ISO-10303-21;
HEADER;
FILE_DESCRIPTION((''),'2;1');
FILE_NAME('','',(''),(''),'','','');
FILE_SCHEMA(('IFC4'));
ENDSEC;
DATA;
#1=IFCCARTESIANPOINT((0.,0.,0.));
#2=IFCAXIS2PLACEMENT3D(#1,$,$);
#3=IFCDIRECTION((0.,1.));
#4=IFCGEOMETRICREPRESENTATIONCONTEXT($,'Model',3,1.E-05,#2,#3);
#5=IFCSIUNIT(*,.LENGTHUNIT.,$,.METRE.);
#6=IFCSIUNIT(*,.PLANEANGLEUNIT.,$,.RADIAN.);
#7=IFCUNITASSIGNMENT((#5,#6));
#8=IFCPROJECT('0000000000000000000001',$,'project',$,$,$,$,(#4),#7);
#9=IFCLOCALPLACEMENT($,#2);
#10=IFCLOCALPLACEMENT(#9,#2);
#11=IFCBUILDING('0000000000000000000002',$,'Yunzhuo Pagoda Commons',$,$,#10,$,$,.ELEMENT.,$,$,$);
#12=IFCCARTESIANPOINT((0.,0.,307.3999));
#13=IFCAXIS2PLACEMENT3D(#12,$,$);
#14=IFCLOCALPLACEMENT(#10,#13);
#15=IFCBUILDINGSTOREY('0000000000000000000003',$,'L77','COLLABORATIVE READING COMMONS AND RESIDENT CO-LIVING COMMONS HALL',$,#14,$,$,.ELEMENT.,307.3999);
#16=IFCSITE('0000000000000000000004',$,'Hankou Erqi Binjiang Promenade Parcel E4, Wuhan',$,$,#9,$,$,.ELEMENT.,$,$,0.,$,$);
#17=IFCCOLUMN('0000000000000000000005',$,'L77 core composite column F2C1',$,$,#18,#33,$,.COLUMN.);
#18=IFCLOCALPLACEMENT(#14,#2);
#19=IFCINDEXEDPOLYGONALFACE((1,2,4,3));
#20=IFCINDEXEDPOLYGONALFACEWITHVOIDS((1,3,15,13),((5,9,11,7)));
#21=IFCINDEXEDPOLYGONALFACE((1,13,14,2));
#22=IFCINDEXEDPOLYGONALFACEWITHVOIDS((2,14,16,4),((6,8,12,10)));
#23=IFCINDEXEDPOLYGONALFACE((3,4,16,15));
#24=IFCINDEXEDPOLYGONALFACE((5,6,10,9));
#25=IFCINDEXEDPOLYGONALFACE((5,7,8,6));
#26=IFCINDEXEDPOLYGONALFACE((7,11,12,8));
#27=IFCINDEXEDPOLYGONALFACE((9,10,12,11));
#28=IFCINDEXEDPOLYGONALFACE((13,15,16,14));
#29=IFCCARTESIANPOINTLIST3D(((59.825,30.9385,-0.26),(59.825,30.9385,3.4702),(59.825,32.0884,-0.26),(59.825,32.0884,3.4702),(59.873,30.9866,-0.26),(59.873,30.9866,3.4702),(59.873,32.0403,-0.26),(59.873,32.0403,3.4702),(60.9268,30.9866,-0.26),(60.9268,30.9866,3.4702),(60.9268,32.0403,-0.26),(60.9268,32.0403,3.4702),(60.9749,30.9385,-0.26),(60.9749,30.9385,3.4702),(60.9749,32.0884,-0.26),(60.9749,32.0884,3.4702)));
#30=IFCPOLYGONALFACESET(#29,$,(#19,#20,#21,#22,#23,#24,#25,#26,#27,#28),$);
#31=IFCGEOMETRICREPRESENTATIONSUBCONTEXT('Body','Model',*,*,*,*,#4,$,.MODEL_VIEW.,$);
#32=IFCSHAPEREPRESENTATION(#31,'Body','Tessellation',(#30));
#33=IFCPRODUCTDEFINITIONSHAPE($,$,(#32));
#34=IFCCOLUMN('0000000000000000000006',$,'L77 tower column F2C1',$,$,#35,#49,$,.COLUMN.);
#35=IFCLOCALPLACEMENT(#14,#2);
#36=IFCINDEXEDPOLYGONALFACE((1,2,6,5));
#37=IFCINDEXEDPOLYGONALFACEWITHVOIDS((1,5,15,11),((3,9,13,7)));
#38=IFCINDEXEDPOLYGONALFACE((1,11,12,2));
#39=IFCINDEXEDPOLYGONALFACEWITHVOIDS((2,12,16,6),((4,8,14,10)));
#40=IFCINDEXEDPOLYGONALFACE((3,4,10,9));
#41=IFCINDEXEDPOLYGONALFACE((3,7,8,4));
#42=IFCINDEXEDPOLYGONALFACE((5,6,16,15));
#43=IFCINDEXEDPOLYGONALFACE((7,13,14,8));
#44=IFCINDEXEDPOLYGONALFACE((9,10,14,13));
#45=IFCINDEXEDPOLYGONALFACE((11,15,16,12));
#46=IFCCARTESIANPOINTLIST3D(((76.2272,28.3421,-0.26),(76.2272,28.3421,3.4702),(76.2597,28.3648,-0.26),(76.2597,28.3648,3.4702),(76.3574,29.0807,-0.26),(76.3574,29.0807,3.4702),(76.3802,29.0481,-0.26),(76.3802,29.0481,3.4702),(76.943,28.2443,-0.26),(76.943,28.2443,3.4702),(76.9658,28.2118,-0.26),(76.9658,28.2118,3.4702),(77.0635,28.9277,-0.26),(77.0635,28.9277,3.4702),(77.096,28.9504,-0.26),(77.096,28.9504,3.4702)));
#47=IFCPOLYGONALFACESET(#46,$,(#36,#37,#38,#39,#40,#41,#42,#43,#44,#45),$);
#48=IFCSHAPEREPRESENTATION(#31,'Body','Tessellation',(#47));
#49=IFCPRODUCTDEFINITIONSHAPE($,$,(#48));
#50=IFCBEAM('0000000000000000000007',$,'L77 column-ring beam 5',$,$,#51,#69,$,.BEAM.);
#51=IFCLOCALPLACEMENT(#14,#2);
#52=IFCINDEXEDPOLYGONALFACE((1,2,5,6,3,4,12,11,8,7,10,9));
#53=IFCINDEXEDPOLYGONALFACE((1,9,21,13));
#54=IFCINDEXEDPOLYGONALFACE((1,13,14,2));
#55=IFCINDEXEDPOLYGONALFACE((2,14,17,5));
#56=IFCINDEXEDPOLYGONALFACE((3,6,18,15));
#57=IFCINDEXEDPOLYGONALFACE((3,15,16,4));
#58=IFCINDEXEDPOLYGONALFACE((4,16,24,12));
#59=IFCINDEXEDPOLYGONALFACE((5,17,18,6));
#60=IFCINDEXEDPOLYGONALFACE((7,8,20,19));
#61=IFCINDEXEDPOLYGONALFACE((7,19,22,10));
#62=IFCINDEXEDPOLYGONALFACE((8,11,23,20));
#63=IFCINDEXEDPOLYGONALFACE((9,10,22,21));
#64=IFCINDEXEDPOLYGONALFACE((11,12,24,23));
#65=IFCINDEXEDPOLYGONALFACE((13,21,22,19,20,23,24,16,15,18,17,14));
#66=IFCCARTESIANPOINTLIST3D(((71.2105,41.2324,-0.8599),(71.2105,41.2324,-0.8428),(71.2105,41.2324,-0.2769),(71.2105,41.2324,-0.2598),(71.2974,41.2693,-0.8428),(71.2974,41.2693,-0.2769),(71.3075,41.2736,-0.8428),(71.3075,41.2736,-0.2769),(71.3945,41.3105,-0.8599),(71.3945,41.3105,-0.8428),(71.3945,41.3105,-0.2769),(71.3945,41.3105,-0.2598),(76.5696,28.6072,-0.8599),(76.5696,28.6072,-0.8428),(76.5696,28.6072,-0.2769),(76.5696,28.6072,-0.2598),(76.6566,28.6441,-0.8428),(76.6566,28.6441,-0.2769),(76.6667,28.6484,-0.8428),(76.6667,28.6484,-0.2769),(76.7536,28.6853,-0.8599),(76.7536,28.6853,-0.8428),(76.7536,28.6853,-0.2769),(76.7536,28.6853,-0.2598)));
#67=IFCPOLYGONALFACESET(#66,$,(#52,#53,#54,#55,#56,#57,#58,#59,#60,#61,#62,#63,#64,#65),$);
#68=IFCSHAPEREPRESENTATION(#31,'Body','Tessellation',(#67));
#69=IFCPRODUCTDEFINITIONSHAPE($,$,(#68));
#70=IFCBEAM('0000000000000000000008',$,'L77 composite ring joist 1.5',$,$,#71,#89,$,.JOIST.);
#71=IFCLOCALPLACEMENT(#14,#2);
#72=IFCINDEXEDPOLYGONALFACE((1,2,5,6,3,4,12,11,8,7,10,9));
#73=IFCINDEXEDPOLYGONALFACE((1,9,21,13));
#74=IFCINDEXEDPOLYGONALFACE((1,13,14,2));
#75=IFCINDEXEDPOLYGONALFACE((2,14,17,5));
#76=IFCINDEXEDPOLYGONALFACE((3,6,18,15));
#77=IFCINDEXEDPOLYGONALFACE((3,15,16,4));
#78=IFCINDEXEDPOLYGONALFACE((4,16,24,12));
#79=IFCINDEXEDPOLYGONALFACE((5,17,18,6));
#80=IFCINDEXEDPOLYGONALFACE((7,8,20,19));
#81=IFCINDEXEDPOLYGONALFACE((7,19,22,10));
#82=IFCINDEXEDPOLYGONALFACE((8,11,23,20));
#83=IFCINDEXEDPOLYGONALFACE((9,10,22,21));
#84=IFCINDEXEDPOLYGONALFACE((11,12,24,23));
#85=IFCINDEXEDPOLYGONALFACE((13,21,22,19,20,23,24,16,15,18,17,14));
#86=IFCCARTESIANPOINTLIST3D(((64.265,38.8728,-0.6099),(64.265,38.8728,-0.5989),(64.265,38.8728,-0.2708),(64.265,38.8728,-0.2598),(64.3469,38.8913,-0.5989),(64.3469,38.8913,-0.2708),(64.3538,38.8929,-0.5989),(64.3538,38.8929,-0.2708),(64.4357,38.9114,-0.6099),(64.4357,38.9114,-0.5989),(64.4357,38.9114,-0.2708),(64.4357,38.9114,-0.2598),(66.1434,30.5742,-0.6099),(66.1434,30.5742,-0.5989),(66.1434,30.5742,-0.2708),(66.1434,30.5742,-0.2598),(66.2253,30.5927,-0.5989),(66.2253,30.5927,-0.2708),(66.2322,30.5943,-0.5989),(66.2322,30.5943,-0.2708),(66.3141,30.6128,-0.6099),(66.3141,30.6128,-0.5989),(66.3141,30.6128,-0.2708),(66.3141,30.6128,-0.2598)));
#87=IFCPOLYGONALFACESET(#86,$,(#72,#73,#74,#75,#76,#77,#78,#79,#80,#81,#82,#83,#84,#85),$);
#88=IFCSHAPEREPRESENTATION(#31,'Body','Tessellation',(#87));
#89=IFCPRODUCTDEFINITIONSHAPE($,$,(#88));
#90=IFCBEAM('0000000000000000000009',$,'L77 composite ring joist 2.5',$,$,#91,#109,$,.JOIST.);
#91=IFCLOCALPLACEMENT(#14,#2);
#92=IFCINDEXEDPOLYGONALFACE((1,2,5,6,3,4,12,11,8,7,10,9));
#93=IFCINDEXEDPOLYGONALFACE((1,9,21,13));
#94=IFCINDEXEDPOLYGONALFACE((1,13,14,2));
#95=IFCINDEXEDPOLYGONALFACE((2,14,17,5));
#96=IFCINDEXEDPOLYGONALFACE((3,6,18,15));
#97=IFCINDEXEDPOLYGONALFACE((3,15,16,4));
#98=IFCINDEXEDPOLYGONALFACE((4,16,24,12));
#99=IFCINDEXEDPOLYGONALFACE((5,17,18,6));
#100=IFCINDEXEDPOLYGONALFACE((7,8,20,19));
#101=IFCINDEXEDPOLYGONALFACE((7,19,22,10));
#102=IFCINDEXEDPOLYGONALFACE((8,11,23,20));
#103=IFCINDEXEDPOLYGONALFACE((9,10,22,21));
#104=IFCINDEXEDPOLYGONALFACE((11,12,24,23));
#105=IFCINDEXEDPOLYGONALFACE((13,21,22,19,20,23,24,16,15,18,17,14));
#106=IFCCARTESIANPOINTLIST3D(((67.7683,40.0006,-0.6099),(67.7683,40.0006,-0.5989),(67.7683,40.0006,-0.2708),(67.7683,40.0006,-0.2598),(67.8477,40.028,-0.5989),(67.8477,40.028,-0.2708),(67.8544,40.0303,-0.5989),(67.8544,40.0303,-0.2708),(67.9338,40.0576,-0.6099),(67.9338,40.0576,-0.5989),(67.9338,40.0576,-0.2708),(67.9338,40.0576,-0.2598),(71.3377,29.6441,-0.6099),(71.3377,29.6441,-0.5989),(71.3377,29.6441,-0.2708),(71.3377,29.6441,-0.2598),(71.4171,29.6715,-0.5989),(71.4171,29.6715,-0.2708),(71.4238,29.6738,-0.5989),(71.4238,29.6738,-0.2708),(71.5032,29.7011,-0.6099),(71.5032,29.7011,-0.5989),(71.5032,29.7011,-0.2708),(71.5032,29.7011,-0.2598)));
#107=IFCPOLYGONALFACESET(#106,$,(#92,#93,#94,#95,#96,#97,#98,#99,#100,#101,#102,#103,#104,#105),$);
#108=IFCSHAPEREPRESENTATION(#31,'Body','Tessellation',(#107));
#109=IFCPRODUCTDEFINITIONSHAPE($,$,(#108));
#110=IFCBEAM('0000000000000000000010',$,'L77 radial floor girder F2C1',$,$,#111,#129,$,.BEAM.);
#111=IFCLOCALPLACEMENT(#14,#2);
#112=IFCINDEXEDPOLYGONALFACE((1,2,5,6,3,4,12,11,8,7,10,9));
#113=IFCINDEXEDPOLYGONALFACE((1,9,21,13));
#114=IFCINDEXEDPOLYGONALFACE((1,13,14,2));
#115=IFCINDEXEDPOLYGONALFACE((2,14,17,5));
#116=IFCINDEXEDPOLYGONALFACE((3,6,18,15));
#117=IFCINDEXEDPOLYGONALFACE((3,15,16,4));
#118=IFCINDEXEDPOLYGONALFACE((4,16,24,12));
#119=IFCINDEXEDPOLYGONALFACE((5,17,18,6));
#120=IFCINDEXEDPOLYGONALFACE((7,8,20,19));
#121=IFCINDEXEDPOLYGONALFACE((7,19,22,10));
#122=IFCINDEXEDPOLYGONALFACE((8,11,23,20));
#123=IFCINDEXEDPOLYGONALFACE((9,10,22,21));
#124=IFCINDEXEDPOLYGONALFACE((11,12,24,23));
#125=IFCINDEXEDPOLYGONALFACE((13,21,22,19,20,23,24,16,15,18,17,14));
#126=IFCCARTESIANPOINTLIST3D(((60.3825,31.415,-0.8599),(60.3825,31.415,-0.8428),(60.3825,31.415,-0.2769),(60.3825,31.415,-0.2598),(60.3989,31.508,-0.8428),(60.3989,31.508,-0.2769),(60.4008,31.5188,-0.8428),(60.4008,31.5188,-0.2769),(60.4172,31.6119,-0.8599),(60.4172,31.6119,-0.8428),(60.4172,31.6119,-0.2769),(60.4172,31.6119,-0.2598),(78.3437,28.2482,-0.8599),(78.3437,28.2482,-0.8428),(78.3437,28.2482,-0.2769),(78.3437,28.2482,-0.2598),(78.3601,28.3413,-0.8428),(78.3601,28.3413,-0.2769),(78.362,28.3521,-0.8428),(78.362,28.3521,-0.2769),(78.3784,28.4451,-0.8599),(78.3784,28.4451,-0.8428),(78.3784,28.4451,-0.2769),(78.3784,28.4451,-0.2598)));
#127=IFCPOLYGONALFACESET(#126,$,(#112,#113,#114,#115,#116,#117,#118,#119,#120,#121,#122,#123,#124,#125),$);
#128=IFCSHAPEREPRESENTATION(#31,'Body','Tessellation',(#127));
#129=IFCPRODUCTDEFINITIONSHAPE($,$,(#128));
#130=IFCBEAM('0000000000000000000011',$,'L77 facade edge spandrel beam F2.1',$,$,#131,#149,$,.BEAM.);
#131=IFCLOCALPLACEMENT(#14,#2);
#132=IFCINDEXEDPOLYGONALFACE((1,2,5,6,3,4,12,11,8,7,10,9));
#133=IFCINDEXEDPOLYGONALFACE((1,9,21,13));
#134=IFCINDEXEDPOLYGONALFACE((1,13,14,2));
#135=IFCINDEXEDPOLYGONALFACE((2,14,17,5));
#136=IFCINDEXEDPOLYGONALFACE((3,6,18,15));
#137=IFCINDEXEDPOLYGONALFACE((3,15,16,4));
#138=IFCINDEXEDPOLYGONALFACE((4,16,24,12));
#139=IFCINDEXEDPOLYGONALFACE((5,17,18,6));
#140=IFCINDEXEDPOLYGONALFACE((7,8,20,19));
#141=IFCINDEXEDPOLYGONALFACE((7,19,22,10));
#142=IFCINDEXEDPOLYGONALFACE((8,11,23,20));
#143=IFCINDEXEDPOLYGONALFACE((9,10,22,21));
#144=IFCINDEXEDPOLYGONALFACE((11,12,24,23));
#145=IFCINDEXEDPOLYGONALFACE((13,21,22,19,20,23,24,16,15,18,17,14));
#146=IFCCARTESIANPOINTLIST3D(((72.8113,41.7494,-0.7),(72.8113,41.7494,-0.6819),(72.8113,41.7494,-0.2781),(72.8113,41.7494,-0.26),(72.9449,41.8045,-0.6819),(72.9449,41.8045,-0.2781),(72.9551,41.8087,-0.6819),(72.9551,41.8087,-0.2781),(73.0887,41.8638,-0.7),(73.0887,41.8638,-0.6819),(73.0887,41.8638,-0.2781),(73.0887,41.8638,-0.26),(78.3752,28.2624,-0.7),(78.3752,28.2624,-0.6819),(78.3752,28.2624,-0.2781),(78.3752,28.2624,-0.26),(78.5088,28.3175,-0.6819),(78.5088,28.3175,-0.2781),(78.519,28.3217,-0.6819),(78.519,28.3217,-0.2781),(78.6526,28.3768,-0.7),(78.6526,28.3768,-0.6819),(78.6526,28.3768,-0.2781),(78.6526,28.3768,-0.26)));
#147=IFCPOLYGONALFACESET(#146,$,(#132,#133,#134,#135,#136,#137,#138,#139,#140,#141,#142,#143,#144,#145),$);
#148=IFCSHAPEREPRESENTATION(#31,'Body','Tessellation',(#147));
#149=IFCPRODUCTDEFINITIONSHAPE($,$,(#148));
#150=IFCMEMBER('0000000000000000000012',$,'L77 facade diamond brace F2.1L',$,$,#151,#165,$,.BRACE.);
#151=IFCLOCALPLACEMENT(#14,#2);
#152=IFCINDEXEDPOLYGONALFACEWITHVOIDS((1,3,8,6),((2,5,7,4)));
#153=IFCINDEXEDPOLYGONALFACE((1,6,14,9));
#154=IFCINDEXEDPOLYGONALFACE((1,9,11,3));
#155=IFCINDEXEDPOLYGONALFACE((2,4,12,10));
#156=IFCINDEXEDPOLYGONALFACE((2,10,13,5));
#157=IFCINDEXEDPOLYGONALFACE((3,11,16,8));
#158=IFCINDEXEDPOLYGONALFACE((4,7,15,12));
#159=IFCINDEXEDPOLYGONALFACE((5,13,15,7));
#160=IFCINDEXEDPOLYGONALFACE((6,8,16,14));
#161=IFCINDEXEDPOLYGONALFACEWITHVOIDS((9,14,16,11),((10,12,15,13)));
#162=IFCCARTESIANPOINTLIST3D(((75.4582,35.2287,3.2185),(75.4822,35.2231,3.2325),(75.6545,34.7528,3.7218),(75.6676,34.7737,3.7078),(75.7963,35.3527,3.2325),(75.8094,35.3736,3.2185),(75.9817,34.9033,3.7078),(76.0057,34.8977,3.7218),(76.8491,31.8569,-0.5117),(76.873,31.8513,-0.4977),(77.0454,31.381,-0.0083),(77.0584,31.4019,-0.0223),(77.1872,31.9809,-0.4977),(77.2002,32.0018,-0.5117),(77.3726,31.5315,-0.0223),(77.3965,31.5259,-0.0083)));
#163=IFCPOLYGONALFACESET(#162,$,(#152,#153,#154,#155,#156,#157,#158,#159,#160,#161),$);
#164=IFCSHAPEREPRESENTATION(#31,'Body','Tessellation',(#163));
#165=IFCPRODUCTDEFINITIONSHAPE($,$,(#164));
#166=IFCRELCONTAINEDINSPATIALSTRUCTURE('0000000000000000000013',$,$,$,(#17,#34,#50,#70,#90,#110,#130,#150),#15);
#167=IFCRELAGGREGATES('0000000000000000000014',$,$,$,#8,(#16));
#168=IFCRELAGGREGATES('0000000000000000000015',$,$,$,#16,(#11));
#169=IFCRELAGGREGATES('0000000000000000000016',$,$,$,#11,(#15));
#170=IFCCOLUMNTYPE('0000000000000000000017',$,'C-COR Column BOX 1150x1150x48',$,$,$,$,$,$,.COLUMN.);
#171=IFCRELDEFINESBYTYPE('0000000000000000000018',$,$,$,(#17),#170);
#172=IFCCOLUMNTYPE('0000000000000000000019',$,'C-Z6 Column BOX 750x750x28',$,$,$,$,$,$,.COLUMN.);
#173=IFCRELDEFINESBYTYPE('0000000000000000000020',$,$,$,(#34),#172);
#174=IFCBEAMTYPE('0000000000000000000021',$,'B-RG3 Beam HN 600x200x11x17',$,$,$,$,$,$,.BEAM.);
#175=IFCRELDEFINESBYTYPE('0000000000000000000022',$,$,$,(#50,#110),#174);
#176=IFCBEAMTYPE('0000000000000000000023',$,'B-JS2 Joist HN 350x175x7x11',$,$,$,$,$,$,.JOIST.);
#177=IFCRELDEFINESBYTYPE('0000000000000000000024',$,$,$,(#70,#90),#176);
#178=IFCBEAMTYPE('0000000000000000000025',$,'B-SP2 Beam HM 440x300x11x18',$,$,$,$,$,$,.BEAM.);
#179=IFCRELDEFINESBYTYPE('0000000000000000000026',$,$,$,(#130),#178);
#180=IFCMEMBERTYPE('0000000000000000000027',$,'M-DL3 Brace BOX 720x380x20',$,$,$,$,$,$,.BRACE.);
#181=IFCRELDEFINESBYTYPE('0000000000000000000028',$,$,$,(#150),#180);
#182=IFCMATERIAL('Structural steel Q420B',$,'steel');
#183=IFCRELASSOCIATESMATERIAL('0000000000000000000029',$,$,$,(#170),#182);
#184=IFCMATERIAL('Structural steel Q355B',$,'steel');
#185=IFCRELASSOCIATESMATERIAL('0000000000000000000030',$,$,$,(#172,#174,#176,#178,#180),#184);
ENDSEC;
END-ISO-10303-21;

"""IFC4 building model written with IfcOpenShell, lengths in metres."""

from ifc_helpers import new_model, si_unit, direction, frame, origin, origin_2d, place, context, subcontext, project, spatial, hollow_rectangle, i_section, extrude, source, transform, mapped, material, material_profile, profile_set, type_object, element, save


model = new_model("IFC4")

# Units and contexts
model_context = context("Model", 3, precision=1e-05, world=origin(), true_north=direction((0.0, 1.0)))
body_context = subcontext(model_context, "Body", "Model", "MODEL_VIEW")
ifc_project = project(units=[si_unit("LENGTHUNIT", "METRE"), si_unit("PLANEANGLEUNIT", "RADIAN")], contexts=[model_context])

# Site, building, storey
site_placement = place(None, origin())
site = spatial("IfcSite", under=ifc_project, at=site_placement, Name="Hankou Erqi Binjiang Promenade Parcel E4, Wuhan", CompositionType="ELEMENT", RefElevation=0.0)
building_placement = place(site_placement, origin())
building = spatial("IfcBuilding", under=site, at=building_placement, Name="Yunzhuo Pagoda Commons", CompositionType="ELEMENT")
storey_placement = place(building_placement, frame((0.0, 0.0, 307.3999)))
storey = spatial("IfcBuildingStorey", under=building, at=storey_placement, Name="L77", Description="COLLABORATIVE READING COMMONS AND RESIDENT CO-LIVING COMMONS HALL", CompositionType="ELEMENT", Elevation=307.3999)

# Columns
ifc_material_1 = material(Name="Structural steel Q420B", Category="steel")
ifc_material_profile_1 = material_profile(ifc_material_1, hollow_rectangle(XDim=1.1499, YDim=1.1499, WallThickness=0.0481, at=origin_2d()), Name="Structural steel Q420B")
ifc_profile_set_1 = profile_set([ifc_material_profile_1], Name="Structural steel Q420B")
column_type_1 = type_object("IfcColumnType", Name="C-COR Column BOX 1150x1150x48", PredefinedType="COLUMN", material=ifc_profile_set_1)
shared_shape_1 = source(origin(), body_context, "Body", "SweptSolid", [
    extrude(hollow_rectangle(XDim=1.1499, YDim=1.1499, WallThickness=0.0481, at=origin_2d()), origin(), (0.0, 0.0, 1.0), 3.7302),
])
column_1_placement = place(storey_placement, frame((60.3999, 31.5134, -0.26), z_axis=(0.0, 0.0, 1.0), x_axis=(1.0, 0.0, 0.0)))
element("IfcColumn", 1, at=column_1_placement, inside=storey, type_object=column_type_1, Name="L77 core composite column F2C1", PredefinedType="COLUMN", context=body_context, shape_type="MappedRepresentation", body=[
    mapped(shared_shape_1, transform((0.0, 0.0, 0.0), scale=1.0)),
])
ifc_material_2 = material(Name="Structural steel Q355B", Category="steel")
ifc_material_profile_2 = material_profile(ifc_material_2, hollow_rectangle(XDim=0.75, YDim=0.75, WallThickness=0.0281, at=origin_2d()), Name="Structural steel Q355B")
ifc_profile_set_2 = profile_set([ifc_material_profile_2], Name="Structural steel Q355B")
column_type_2 = type_object("IfcColumnType", Name="C-Z6 Column BOX 750x750x28", PredefinedType="COLUMN", material=ifc_profile_set_2)
shared_shape_2 = source(origin(), body_context, "Body", "SweptSolid", [
    extrude(hollow_rectangle(XDim=0.75, YDim=0.75, WallThickness=0.0281, at=origin_2d()), origin(), (0.0, 0.0, 1.0), 3.7302),
])
column_2_placement = place(storey_placement, frame((76.6616, 28.6462, -0.26), z_axis=(0.0, 0.0, 1.0), x_axis=(0.173648, 0.984808, 0.0)))
element("IfcColumn", 2, at=column_2_placement, inside=storey, type_object=column_type_2, Name="L77 tower column F2C1", PredefinedType="COLUMN", context=body_context, shape_type="MappedRepresentation", body=[
    mapped(shared_shape_2, transform((0.0, 0.0, 0.0), scale=1.0)),
])

# Beams
ifc_material_profile_3 = material_profile(ifc_material_2, i_section(OverallWidth=0.2, OverallDepth=0.6001, WebThickness=0.011, FlangeThickness=0.0171, at=origin_2d()), Name="Structural steel Q355B")
ifc_profile_set_3 = profile_set([ifc_material_profile_3], Name="Structural steel Q355B")
beam_type_1 = type_object("IfcBeamType", Name="B-RG3 Beam HN 600x200x11x17", PredefinedType="BEAM", material=ifc_profile_set_3)
shared_shape_3 = source(origin(), body_context, "Body", "SweptSolid", [
    extrude(i_section(OverallWidth=0.2, OverallDepth=0.6001, WebThickness=0.011, FlangeThickness=0.0171, at=origin_2d()), origin(), (0.0, 0.0, 1.0), 13.7156),
])
beam_1_placement = place(storey_placement, frame((76.6616, 28.6462, -0.5598), z_axis=(-0.390733, 0.920504, 0.0), x_axis=(-0.920504, -0.390733, 0.0)))
element("IfcBeam", 3, at=beam_1_placement, inside=storey, type_object=beam_type_1, Name="L77 column-ring beam 5", PredefinedType="BEAM", context=body_context, shape_type="MappedRepresentation", body=[
    mapped(shared_shape_3, transform((0.0, 0.0, 0.0), scale=1.0)),
])
ifc_material_profile_4 = material_profile(ifc_material_2, i_section(OverallWidth=0.175, OverallDepth=0.3501, WebThickness=0.0071, FlangeThickness=0.011, at=origin_2d()), Name="Structural steel Q355B")
ifc_profile_set_4 = profile_set([ifc_material_profile_4], Name="Structural steel Q355B")
beam_type_2 = type_object("IfcBeamType", Name="B-JS2 Joist HN 350x175x7x11", PredefinedType="JOIST", material=ifc_profile_set_4)
shared_shape_4 = source(origin(), body_context, "Body", "SweptSolid", [
    extrude(i_section(OverallWidth=0.175, OverallDepth=0.3501, WebThickness=0.0071, FlangeThickness=0.011, at=origin_2d()), origin(), (0.0, 0.0, 1.0), 8.5085),
])
beam_2_placement = place(storey_placement, frame((66.2288, 30.5935, -0.4348), z_axis=(-0.220769, 0.975326, 0.0), x_axis=(-0.975326, -0.220769, 0.0)))
element("IfcBeam", 4, at=beam_2_placement, inside=storey, type_object=beam_type_2, Name="L77 composite ring joist 1.5", PredefinedType="JOIST", context=body_context, shape_type="MappedRepresentation", body=[
    mapped(shared_shape_4, transform((0.0, 0.0, 0.0), scale=1.0)),
])
shared_shape_5 = source(origin(), body_context, "Body", "SweptSolid", [
    extrude(i_section(OverallWidth=0.175, OverallDepth=0.3501, WebThickness=0.0071, FlangeThickness=0.011, at=origin_2d()), origin(), (0.0, 0.0, 1.0), 10.9543),
])
beam_3_placement = place(storey_placement, frame((71.4204, 29.6726, -0.4348), z_axis=(-0.32584, 0.945425, 0.0), x_axis=(-0.945425, -0.32584, 0.0)))
element("IfcBeam", 5, at=beam_3_placement, inside=storey, type_object=beam_type_2, Name="L77 composite ring joist 2.5", PredefinedType="JOIST", context=body_context, shape_type="MappedRepresentation", body=[
    mapped(shared_shape_5, transform((0.0, 0.0, 0.0), scale=1.0)),
])
shared_shape_6 = source(origin(), body_context, "Body", "SweptSolid", [
    extrude(i_section(OverallWidth=0.2, OverallDepth=0.6001, WebThickness=0.011, FlangeThickness=0.0171, at=origin_2d()), origin(), (0.0, 0.0, 1.0), 18.2383),
])
beam_4_placement = place(storey_placement, frame((78.3611, 28.3467, -0.5598), z_axis=(-0.98481, 0.173633, 0.0), x_axis=(-0.173633, -0.98481, 0.0)))
element("IfcBeam", 6, at=beam_4_placement, inside=storey, type_object=beam_type_1, Name="L77 radial floor girder F2C1", PredefinedType="BEAM", context=body_context, shape_type="MappedRepresentation", body=[
    mapped(shared_shape_6, transform((0.0, 0.0, 0.0), scale=1.0)),
])
ifc_material_profile_5 = material_profile(ifc_material_2, i_section(OverallWidth=0.3, OverallDepth=0.4399, WebThickness=0.011, FlangeThickness=0.0181, at=origin_2d()), Name="Structural steel Q355B")
ifc_profile_set_5 = profile_set([ifc_material_profile_5], Name="Structural steel Q355B")
beam_type_3 = type_object("IfcBeamType", Name="B-SP2 Beam HM 440x300x11x18", PredefinedType="BEAM", material=ifc_profile_set_5)
shared_shape_7 = source(origin(), body_context, "Body", "SweptSolid", [
    extrude(i_section(OverallWidth=0.3, OverallDepth=0.4399, WebThickness=0.011, FlangeThickness=0.0181, at=origin_2d()), origin(), (0.0, 0.0, 1.0), 14.5896),
])
beam_5_placement = place(storey_placement, frame((78.5139, 28.3196, -0.48), z_axis=(-0.381363, 0.924425, 0.0), x_axis=(-0.924425, -0.381363, 0.0)))
element("IfcBeam", 7, at=beam_5_placement, inside=storey, type_object=beam_type_3, Name="L77 facade edge spandrel beam F2.1", PredefinedType="BEAM", context=body_context, shape_type="MappedRepresentation", body=[
    mapped(shared_shape_7, transform((0.0, 0.0, 0.0), scale=1.0)),
])

# Member
ifc_material_profile_6 = material_profile(ifc_material_2, hollow_rectangle(XDim=0.3799, YDim=0.72, WallThickness=0.02, at=origin_2d()), Name="Structural steel Q355B")
ifc_profile_set_6 = profile_set([ifc_material_profile_6], Name="Structural steel Q355B")
member_type_1 = type_object("IfcMemberType", Name="M-DL3 Brace BOX 720x380x20", PredefinedType="BRACE", material=ifc_profile_set_6)
shared_shape_8 = source(origin(), body_context, "Body", "SweptSolid", [
    extrude(hollow_rectangle(XDim=0.3799, YDim=0.72, WallThickness=0.02, at=origin_2d()), origin(), (0.0, 0.0, 1.0), 5.217),
])
member_1_placement = place(storey_placement, frame((77.1228, 31.6914, -0.26), z_axis=(-0.266597, 0.646301, 0.714997), x_axis=(-0.924439, -0.381329, 0.0)))
element("IfcMember", 8, at=member_1_placement, inside=storey, type_object=member_type_1, Name="L77 facade diamond brace F2.1L", PredefinedType="BRACE", context=body_context, shape_type="MappedRepresentation", body=[
    mapped(shared_shape_8, transform((0.0, 0.0, 0.0), scale=1.0)),
])

save(model, "model.ifc")
